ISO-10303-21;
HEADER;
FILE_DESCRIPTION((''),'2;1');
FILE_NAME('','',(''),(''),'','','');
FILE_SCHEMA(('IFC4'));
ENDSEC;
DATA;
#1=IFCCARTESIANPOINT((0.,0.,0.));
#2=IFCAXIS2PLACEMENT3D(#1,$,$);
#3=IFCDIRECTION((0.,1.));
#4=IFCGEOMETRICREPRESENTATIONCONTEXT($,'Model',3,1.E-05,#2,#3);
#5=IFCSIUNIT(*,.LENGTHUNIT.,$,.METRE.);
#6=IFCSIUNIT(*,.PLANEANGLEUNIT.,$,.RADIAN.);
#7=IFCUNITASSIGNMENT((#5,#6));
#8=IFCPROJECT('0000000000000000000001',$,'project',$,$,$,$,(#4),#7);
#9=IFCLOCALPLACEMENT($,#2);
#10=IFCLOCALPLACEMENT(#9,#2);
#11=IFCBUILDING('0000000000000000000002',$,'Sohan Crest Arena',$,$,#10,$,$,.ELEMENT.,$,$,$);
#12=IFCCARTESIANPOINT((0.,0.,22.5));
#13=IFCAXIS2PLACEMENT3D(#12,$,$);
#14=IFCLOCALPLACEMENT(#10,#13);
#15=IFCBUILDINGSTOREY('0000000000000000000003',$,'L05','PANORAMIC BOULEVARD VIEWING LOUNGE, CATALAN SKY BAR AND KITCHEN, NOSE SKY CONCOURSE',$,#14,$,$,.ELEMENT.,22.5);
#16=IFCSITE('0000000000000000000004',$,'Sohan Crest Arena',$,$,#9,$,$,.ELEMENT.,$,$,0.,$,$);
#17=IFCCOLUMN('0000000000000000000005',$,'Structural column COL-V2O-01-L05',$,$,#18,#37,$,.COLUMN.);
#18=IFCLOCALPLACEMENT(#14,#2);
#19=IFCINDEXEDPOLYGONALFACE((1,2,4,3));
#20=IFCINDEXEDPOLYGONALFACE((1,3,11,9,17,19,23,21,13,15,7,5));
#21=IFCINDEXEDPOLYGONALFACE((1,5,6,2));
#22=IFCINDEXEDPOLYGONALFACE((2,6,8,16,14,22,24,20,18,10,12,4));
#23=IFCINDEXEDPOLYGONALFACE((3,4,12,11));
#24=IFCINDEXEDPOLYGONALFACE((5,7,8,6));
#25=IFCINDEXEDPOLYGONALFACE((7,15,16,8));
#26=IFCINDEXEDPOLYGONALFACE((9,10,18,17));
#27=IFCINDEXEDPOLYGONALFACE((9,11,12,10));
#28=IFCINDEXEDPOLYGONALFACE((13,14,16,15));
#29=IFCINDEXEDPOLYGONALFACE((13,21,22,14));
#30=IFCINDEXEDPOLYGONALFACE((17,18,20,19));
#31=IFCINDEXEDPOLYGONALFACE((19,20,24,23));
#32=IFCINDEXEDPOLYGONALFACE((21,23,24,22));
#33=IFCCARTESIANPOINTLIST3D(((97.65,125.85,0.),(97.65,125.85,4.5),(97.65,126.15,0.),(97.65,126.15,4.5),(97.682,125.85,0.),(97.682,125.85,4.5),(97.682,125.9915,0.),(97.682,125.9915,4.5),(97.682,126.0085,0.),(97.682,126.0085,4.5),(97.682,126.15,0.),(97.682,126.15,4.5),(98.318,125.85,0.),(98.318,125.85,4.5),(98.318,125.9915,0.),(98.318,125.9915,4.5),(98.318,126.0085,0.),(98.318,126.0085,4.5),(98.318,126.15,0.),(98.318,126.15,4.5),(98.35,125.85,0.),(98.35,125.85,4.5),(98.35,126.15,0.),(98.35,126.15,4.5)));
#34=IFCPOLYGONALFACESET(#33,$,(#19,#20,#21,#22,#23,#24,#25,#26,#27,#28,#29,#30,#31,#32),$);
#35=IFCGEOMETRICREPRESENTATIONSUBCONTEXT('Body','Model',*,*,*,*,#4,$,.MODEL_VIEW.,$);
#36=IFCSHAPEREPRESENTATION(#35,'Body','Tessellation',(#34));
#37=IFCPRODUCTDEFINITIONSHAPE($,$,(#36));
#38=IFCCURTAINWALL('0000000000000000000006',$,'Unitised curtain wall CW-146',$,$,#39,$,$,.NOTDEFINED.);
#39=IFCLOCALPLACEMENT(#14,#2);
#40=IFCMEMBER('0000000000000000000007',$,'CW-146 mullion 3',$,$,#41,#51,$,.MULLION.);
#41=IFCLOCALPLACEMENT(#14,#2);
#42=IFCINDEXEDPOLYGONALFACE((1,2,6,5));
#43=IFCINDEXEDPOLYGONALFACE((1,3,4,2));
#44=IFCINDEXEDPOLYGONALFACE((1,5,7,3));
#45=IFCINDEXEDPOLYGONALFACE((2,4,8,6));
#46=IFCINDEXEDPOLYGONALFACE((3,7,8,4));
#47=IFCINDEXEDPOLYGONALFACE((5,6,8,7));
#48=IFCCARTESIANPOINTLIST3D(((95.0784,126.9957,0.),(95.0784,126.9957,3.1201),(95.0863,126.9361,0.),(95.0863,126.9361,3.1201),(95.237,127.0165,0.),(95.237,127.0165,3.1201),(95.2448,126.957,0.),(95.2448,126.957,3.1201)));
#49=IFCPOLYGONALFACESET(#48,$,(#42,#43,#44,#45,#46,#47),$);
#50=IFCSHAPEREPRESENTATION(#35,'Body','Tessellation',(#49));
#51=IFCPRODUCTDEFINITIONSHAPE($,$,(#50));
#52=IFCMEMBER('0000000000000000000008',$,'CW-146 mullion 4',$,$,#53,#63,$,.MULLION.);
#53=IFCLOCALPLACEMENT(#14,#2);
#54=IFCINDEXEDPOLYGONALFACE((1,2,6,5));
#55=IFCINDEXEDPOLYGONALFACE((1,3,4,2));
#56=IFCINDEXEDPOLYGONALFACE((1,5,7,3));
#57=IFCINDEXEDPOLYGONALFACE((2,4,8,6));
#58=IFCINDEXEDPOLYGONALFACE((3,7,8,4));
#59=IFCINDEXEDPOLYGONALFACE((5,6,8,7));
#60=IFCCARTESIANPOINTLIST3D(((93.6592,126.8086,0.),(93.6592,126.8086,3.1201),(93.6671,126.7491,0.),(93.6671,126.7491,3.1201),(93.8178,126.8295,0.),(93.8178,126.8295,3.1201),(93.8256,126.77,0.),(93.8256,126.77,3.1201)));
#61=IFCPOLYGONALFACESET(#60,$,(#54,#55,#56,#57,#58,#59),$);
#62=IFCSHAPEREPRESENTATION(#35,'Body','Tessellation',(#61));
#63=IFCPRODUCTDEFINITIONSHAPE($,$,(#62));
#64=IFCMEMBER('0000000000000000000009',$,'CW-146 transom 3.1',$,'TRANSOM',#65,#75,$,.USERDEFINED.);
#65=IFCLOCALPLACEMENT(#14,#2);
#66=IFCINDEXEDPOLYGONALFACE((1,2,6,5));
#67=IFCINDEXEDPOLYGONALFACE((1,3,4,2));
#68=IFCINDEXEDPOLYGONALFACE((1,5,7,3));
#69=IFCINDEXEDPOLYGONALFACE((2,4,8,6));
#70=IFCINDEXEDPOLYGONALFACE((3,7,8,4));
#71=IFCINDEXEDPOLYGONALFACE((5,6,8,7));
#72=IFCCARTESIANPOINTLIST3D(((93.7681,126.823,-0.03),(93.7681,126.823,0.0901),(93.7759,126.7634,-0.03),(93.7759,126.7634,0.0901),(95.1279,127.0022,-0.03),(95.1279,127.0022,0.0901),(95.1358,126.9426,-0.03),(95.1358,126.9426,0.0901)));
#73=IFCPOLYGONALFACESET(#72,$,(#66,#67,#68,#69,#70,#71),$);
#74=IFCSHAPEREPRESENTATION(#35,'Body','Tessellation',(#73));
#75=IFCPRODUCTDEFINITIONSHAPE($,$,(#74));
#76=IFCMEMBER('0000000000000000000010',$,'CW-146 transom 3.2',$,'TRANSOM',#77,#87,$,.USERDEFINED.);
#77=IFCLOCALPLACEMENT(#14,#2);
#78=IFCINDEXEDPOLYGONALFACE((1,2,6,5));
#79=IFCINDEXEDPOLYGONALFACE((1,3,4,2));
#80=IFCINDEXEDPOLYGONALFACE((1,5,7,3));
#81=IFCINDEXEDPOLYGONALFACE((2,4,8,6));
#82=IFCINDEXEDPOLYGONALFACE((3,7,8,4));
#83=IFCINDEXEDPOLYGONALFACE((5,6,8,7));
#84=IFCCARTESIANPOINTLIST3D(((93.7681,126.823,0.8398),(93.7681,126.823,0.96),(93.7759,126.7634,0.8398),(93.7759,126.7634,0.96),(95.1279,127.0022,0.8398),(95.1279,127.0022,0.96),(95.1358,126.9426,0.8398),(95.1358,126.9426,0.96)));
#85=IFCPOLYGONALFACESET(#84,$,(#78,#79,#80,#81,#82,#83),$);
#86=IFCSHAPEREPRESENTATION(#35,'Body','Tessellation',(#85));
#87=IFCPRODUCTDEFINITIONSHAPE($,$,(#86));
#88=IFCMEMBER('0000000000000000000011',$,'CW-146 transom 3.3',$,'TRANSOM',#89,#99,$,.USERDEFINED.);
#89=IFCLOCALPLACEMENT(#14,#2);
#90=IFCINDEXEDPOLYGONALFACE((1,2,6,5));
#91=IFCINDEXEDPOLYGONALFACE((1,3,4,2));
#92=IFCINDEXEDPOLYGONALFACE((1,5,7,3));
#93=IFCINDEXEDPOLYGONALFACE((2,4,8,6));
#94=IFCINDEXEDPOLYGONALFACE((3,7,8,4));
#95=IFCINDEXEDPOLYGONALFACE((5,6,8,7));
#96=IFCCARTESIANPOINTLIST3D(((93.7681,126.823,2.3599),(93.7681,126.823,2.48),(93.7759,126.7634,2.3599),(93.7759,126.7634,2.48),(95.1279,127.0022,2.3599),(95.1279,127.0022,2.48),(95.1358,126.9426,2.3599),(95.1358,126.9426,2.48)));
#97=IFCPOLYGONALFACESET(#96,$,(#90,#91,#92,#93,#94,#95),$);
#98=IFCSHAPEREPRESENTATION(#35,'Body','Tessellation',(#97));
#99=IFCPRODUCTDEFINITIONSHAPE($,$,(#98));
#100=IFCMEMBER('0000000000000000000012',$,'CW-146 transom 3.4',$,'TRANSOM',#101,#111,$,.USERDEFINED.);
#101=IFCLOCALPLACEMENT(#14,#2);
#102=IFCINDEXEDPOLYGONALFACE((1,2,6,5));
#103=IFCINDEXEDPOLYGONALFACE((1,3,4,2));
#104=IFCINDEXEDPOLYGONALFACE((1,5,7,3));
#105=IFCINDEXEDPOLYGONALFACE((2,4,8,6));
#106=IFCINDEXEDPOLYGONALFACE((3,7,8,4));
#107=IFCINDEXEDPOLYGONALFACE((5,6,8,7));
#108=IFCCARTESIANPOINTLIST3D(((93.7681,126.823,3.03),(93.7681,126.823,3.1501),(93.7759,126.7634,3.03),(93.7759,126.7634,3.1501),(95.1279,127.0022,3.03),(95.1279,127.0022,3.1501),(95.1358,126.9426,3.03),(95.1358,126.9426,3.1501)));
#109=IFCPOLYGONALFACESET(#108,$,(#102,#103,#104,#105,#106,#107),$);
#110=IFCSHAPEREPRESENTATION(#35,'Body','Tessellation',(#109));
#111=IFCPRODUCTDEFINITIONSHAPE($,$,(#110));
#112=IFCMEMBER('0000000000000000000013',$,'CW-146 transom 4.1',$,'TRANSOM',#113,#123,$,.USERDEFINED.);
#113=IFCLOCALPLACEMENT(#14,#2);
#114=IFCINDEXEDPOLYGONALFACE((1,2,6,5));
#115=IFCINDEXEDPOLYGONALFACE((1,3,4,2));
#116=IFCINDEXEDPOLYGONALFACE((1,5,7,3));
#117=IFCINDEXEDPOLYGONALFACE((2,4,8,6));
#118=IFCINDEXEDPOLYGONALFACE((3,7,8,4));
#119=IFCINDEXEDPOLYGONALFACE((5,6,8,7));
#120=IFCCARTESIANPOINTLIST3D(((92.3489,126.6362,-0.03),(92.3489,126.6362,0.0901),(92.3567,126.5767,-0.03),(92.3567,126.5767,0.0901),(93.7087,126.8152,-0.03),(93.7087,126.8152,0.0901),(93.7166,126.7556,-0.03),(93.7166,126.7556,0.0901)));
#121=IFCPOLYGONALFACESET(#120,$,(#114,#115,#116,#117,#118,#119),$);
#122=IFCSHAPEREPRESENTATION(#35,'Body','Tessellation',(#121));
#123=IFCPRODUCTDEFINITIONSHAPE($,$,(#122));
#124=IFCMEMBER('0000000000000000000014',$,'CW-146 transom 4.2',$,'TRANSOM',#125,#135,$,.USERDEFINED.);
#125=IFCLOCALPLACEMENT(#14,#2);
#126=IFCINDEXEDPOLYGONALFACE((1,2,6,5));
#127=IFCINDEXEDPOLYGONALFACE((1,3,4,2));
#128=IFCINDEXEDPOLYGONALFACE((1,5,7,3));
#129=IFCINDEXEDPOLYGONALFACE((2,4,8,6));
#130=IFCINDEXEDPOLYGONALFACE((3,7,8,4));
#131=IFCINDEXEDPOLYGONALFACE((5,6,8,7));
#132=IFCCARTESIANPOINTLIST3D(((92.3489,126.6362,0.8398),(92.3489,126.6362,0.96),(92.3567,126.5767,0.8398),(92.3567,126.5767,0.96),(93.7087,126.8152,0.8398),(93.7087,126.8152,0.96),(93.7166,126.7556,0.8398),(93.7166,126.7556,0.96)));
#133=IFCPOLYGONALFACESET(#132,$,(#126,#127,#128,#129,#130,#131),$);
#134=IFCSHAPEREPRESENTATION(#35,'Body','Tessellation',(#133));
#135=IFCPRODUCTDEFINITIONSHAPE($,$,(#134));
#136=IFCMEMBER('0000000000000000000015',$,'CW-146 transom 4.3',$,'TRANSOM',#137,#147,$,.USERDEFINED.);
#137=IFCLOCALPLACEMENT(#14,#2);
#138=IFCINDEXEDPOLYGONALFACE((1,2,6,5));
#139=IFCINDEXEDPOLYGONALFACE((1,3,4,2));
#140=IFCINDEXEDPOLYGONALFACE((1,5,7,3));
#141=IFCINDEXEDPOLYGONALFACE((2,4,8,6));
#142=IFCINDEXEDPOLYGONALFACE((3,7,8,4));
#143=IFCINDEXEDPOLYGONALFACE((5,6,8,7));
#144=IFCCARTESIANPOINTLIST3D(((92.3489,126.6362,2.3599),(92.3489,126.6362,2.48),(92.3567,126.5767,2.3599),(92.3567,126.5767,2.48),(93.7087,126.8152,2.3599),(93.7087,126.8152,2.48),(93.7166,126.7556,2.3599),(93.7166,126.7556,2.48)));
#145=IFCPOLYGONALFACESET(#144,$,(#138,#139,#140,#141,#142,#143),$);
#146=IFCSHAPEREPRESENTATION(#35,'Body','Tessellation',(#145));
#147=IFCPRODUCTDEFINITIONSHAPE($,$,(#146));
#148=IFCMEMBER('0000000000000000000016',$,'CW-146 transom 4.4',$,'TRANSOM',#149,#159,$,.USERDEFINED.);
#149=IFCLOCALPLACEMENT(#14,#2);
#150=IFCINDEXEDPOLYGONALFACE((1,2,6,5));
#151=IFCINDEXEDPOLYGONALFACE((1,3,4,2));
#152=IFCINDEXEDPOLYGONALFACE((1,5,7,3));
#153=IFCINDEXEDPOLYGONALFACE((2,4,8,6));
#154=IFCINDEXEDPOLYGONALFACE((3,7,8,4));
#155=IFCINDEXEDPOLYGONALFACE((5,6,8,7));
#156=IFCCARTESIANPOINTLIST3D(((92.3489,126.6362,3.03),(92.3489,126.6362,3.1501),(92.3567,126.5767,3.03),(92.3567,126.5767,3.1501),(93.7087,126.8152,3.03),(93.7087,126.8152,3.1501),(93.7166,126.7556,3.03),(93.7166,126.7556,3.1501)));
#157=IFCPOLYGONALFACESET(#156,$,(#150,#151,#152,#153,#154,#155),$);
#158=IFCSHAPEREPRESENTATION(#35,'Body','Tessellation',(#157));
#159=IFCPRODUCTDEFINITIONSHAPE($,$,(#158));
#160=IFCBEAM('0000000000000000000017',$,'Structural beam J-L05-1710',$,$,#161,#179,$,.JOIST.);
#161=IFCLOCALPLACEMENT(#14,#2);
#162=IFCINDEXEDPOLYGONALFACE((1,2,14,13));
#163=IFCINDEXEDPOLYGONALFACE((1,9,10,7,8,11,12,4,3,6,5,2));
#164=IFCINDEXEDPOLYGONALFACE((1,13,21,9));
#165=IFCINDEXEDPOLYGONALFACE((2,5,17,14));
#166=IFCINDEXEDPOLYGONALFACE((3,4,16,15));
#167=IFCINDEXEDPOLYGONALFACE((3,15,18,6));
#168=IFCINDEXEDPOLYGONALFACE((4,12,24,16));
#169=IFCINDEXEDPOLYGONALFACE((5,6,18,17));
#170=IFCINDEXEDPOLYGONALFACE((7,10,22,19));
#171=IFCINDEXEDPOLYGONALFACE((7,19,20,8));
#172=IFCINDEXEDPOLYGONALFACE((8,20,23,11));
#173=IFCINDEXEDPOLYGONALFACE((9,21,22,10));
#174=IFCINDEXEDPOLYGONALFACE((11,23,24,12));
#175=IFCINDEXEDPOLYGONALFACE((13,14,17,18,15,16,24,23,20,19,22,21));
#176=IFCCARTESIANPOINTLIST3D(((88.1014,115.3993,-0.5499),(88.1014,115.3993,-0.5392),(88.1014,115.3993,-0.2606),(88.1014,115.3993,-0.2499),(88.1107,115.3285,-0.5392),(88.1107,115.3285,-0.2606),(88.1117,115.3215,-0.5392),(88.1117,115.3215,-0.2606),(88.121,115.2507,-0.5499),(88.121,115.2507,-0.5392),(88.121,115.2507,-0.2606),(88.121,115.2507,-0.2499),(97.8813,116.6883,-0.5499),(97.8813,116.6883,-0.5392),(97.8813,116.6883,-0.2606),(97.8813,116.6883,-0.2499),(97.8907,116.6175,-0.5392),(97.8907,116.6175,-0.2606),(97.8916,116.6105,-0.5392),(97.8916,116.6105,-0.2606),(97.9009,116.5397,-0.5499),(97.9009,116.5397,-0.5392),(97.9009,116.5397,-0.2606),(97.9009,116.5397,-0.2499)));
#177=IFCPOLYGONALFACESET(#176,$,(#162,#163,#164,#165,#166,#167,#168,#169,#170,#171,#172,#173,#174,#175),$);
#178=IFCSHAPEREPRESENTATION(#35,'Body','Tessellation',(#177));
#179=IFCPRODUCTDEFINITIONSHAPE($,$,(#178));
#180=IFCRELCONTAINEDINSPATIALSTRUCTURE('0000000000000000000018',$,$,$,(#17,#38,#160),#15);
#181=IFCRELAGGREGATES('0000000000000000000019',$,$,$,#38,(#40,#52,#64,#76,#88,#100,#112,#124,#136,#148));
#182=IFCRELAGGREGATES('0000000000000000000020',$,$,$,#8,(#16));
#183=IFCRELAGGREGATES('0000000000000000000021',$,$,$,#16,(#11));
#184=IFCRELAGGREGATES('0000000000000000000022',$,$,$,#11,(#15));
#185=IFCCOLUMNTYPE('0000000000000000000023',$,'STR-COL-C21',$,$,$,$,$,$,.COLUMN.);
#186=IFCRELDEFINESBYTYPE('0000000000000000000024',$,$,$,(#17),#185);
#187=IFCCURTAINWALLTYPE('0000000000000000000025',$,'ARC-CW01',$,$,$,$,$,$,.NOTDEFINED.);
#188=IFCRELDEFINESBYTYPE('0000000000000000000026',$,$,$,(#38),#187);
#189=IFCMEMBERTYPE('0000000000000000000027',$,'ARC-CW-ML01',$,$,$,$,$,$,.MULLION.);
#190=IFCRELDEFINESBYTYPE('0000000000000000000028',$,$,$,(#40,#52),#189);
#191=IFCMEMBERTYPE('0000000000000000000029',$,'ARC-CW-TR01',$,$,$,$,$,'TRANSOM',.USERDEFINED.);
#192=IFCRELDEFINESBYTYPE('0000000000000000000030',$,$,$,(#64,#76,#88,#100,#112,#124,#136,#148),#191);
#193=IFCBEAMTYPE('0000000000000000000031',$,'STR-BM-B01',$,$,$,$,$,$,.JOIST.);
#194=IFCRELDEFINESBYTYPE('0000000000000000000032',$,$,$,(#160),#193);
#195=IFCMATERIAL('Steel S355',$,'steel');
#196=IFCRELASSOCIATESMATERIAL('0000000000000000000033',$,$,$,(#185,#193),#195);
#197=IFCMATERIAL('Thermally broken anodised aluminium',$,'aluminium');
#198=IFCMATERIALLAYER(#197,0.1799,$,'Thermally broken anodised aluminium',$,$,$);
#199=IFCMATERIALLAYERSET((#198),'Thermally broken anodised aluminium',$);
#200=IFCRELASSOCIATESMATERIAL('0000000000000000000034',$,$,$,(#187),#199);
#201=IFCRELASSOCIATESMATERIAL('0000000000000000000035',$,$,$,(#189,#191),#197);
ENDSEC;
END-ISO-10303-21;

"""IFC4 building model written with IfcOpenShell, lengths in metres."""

from ifc_helpers import new_model, si_unit, direction, frame, origin, origin_2d, place, context, subcontext, project, spatial, rectangle, i_section, extrude, material, layer, layer_set, material_profile, profile_set, type_object, element, aggregate, save


model = new_model("IFC4")

# Units and contexts
model_context = context("Model", 3, precision=1e-05, world=origin(), true_north=direction((0.0, 1.0)))
body_context = subcontext(model_context, "Body", "Model", "MODEL_VIEW")
ifc_project = project(units=[si_unit("LENGTHUNIT", "METRE"), si_unit("PLANEANGLEUNIT", "RADIAN")], contexts=[model_context])

# Site, building, storey
site_placement = place(None, origin())
site = spatial("IfcSite", under=ifc_project, at=site_placement, Name="Sohan Crest Arena", CompositionType="ELEMENT", RefElevation=0.0)
building_placement = place(site_placement, origin())
building = spatial("IfcBuilding", under=site, at=building_placement, Name="Sohan Crest Arena", CompositionType="ELEMENT")
storey_placement = place(building_placement, frame((0.0, 0.0, 22.5)))
storey = spatial("IfcBuildingStorey", under=building, at=storey_placement, Name="L05", Description="PANORAMIC BOULEVARD VIEWING LOUNGE, CATALAN SKY BAR AND KITCHEN, NOSE SKY CONCOURSE", CompositionType="ELEMENT", Elevation=22.5)

# Column
ifc_material_1 = material(Name="Steel S355", Category="steel")
ifc_material_profile_1 = material_profile(ifc_material_1, i_section(OverallWidth=0.3, OverallDepth=0.7, WebThickness=0.0171, FlangeThickness=0.032, at=origin_2d()), Name="HEB 700")
ifc_profile_set_1 = profile_set([ifc_material_profile_1], Name="Steel S355")
column_type = type_object("IfcColumnType", Name="STR-COL-C21", PredefinedType="COLUMN", material=ifc_profile_set_1)
column_placement = place(storey_placement, frame((98.0, 126.0, 0.0), z_axis=(0.0, 0.0, 1.0), x_axis=(0.0, 1.0, 0.0)))
element("IfcColumn", 1, at=column_placement, inside=storey, type_object=column_type, Name="Structural column COL-V2O-01-L05", PredefinedType="COLUMN", context=body_context, shape_type="SweptSolid", body=[
    extrude(i_section(OverallWidth=0.3, OverallDepth=0.7, WebThickness=0.0171, FlangeThickness=0.032, at=origin_2d()), origin(), (0.0, 0.0, 1.0), 4.5),
])

# Curtain wall, members
ifc_material_2 = material(Name="Thermally broken anodised aluminium", Category="aluminium")
ifc_layer_1 = layer(ifc_material_2, 0.1799, Name="Thermally broken anodised aluminium")
ifc_layer_set_1 = layer_set([ifc_layer_1], Name="Thermally broken anodised aluminium")
curtain_wall_type = type_object("IfcCurtainWallType", Name="ARC-CW01", PredefinedType="NOTDEFINED", material=ifc_layer_set_1)
curtain_wall_placement = place(storey_placement, origin())
curtain_wall = element("IfcCurtainWall", 2, at=curtain_wall_placement, inside=storey, type_object=curtain_wall_type, Name="Unitised curtain wall CW-146", PredefinedType="NOTDEFINED")
ifc_material_profile_2 = material_profile(ifc_material_2, rectangle(XDim=0.0601, YDim=0.1599, at=origin_2d()), Name="ALU-MULL 60x160")
ifc_profile_set_2 = profile_set([ifc_material_profile_2], Name="Thermally broken anodised aluminium")
member_type_1 = type_object("IfcMemberType", Name="ARC-CW-ML01", PredefinedType="MULLION", material=ifc_profile_set_2)
member_1_placement = place(storey_placement, frame((95.1616, 126.9763, 0.0), z_axis=(0.0, 0.0, 1.0), x_axis=(0.130557, -0.991441, 0.0)))
member_1 = element("IfcMember", 3, at=member_1_placement, type_object=member_type_1, Name="CW-146 mullion 3", PredefinedType="MULLION", context=body_context, shape_type="SweptSolid", body=[
    extrude(rectangle(XDim=0.0601, YDim=0.1599, at=origin_2d()), origin(), (0.0, 0.0, 1.0), 3.1201),
])
member_2_placement = place(storey_placement, frame((93.7424, 126.7893, 0.0), z_axis=(0.0, 0.0, 1.0), x_axis=(0.130557, -0.991441, 0.0)))
member_2 = element("IfcMember", 4, at=member_2_placement, type_object=member_type_1, Name="CW-146 mullion 4", PredefinedType="MULLION", context=body_context, shape_type="SweptSolid", body=[
    extrude(rectangle(XDim=0.0601, YDim=0.1599, at=origin_2d()), origin(), (0.0, 0.0, 1.0), 3.1201),
])
ifc_material_profile_3 = material_profile(ifc_material_2, rectangle(XDim=0.0601, YDim=0.1201, at=origin_2d()), Name="ALU-TRAN 60x120")
ifc_profile_set_3 = profile_set([ifc_material_profile_3], Name="Thermally broken anodised aluminium")
member_type_2 = type_object("IfcMemberType", Name="ARC-CW-TR01", ElementType="TRANSOM", PredefinedType="USERDEFINED", material=ifc_profile_set_3)
member_3_placement = place(storey_placement, frame((95.1318, 126.9724, 0.03), z_axis=(-0.991429, -0.130648, 0.0), x_axis=(0.130648, -0.991429, 0.0)))
member_3 = element("IfcMember", 5, at=member_3_placement, type_object=member_type_2, Name="CW-146 transom 3.1", ObjectType="TRANSOM", PredefinedType="USERDEFINED", context=body_context, shape_type="SweptSolid", body=[
    extrude(rectangle(XDim=0.0601, YDim=0.1201, at=origin_2d()), origin(), (0.0, 0.0, 1.0), 1.3716),
])
member_4_placement = place(storey_placement, frame((95.1318, 126.9724, 0.8999), z_axis=(-0.991429, -0.130648, 0.0), x_axis=(0.130648, -0.991429, 0.0)))
member_4 = element("IfcMember", 6, at=member_4_placement, type_object=member_type_2, Name="CW-146 transom 3.2", ObjectType="TRANSOM", PredefinedType="USERDEFINED", context=body_context, shape_type="SweptSolid", body=[
    extrude(rectangle(XDim=0.0601, YDim=0.1201, at=origin_2d()), origin(), (0.0, 0.0, 1.0), 1.3716),
])
member_5_placement = place(storey_placement, frame((95.1318, 126.9724, 2.4199), z_axis=(-0.991429, -0.130648, 0.0), x_axis=(0.130648, -0.991429, 0.0)))
member_5 = element("IfcMember", 7, at=member_5_placement, type_object=member_type_2, Name="CW-146 transom 3.3", ObjectType="TRANSOM", PredefinedType="USERDEFINED", context=body_context, shape_type="SweptSolid", body=[
    extrude(rectangle(XDim=0.0601, YDim=0.1201, at=origin_2d()), origin(), (0.0, 0.0, 1.0), 1.3716),
])
member_6_placement = place(storey_placement, frame((95.1318, 126.9724, 3.0901), z_axis=(-0.991429, -0.130648, 0.0), x_axis=(0.130648, -0.991429, 0.0)))
member_6 = element("IfcMember", 8, at=member_6_placement, type_object=member_type_2, Name="CW-146 transom 3.4", ObjectType="TRANSOM", PredefinedType="USERDEFINED", context=body_context, shape_type="SweptSolid", body=[
    extrude(rectangle(XDim=0.0601, YDim=0.1201, at=origin_2d()), origin(), (0.0, 0.0, 1.0), 1.3716),
])
member_7_placement = place(storey_placement, frame((93.7126, 126.7854, 0.03), z_axis=(-0.991452, -0.130473, 0.0), x_axis=(0.130473, -0.991452, 0.0)))
member_7 = element("IfcMember", 9, at=member_7_placement, type_object=member_type_2, Name="CW-146 transom 4.1", ObjectType="TRANSOM", PredefinedType="USERDEFINED", context=body_context, shape_type="SweptSolid", body=[
    extrude(rectangle(XDim=0.0601, YDim=0.1201, at=origin_2d()), origin(), (0.0, 0.0, 1.0), 1.3716),
])
member_8_placement = place(storey_placement, frame((93.7126, 126.7854, 0.8999), z_axis=(-0.991452, -0.130473, 0.0), x_axis=(0.130473, -0.991452, 0.0)))
member_8 = element("IfcMember", 10, at=member_8_placement, type_object=member_type_2, Name="CW-146 transom 4.2", ObjectType="TRANSOM", PredefinedType="USERDEFINED", context=body_context, shape_type="SweptSolid", body=[
    extrude(rectangle(XDim=0.0601, YDim=0.1201, at=origin_2d()), origin(), (0.0, 0.0, 1.0), 1.3716),
])
member_9_placement = place(storey_placement, frame((93.7126, 126.7854, 2.4199), z_axis=(-0.991452, -0.130473, 0.0), x_axis=(0.130473, -0.991452, 0.0)))
member_9 = element("IfcMember", 11, at=member_9_placement, type_object=member_type_2, Name="CW-146 transom 4.3", ObjectType="TRANSOM", PredefinedType="USERDEFINED", context=body_context, shape_type="SweptSolid", body=[
    extrude(rectangle(XDim=0.0601, YDim=0.1201, at=origin_2d()), origin(), (0.0, 0.0, 1.0), 1.3716),
])
member_10_placement = place(storey_placement, frame((93.7126, 126.7854, 3.0901), z_axis=(-0.991452, -0.130473, 0.0), x_axis=(0.130473, -0.991452, 0.0)))
member_10 = element("IfcMember", 12, at=member_10_placement, type_object=member_type_2, Name="CW-146 transom 4.4", ObjectType="TRANSOM", PredefinedType="USERDEFINED", context=body_context, shape_type="SweptSolid", body=[
    extrude(rectangle(XDim=0.0601, YDim=0.1201, at=origin_2d()), origin(), (0.0, 0.0, 1.0), 1.3716),
])

# Beam
ifc_material_profile_4 = material_profile(ifc_material_1, i_section(OverallWidth=0.1499, OverallDepth=0.3, WebThickness=0.0071, FlangeThickness=0.0107, at=origin_2d()), Name="IPE 300")
ifc_profile_set_4 = profile_set([ifc_material_profile_4], Name="Steel S355")
beam_type_1 = type_object("IfcBeamType", Name="STR-BM-B01", PredefinedType="JOIST", material=ifc_profile_set_4)
beam_1_placement = place(storey_placement, frame((97.8911, 116.614, -0.3999), z_axis=(-0.991425, -0.130675, 0.0), x_axis=(0.130675, -0.991425, 0.0)))
element("IfcBeam", 13, at=beam_1_placement, inside=storey, type_object=beam_type_1, Name="Structural beam J-L05-1710", PredefinedType="JOIST", context=body_context, shape_type="SweptSolid", body=[
    extrude(i_section(OverallWidth=0.1499, OverallDepth=0.3, WebThickness=0.0071, FlangeThickness=0.0107, at=origin_2d()), origin(), (0.0, 0.0, 1.0), 9.8645),
])

aggregate(curtain_wall, [member_1, member_2, member_3, member_4, member_5, member_6, member_7, member_8, member_9, member_10])

save(model, "model.ifc")
